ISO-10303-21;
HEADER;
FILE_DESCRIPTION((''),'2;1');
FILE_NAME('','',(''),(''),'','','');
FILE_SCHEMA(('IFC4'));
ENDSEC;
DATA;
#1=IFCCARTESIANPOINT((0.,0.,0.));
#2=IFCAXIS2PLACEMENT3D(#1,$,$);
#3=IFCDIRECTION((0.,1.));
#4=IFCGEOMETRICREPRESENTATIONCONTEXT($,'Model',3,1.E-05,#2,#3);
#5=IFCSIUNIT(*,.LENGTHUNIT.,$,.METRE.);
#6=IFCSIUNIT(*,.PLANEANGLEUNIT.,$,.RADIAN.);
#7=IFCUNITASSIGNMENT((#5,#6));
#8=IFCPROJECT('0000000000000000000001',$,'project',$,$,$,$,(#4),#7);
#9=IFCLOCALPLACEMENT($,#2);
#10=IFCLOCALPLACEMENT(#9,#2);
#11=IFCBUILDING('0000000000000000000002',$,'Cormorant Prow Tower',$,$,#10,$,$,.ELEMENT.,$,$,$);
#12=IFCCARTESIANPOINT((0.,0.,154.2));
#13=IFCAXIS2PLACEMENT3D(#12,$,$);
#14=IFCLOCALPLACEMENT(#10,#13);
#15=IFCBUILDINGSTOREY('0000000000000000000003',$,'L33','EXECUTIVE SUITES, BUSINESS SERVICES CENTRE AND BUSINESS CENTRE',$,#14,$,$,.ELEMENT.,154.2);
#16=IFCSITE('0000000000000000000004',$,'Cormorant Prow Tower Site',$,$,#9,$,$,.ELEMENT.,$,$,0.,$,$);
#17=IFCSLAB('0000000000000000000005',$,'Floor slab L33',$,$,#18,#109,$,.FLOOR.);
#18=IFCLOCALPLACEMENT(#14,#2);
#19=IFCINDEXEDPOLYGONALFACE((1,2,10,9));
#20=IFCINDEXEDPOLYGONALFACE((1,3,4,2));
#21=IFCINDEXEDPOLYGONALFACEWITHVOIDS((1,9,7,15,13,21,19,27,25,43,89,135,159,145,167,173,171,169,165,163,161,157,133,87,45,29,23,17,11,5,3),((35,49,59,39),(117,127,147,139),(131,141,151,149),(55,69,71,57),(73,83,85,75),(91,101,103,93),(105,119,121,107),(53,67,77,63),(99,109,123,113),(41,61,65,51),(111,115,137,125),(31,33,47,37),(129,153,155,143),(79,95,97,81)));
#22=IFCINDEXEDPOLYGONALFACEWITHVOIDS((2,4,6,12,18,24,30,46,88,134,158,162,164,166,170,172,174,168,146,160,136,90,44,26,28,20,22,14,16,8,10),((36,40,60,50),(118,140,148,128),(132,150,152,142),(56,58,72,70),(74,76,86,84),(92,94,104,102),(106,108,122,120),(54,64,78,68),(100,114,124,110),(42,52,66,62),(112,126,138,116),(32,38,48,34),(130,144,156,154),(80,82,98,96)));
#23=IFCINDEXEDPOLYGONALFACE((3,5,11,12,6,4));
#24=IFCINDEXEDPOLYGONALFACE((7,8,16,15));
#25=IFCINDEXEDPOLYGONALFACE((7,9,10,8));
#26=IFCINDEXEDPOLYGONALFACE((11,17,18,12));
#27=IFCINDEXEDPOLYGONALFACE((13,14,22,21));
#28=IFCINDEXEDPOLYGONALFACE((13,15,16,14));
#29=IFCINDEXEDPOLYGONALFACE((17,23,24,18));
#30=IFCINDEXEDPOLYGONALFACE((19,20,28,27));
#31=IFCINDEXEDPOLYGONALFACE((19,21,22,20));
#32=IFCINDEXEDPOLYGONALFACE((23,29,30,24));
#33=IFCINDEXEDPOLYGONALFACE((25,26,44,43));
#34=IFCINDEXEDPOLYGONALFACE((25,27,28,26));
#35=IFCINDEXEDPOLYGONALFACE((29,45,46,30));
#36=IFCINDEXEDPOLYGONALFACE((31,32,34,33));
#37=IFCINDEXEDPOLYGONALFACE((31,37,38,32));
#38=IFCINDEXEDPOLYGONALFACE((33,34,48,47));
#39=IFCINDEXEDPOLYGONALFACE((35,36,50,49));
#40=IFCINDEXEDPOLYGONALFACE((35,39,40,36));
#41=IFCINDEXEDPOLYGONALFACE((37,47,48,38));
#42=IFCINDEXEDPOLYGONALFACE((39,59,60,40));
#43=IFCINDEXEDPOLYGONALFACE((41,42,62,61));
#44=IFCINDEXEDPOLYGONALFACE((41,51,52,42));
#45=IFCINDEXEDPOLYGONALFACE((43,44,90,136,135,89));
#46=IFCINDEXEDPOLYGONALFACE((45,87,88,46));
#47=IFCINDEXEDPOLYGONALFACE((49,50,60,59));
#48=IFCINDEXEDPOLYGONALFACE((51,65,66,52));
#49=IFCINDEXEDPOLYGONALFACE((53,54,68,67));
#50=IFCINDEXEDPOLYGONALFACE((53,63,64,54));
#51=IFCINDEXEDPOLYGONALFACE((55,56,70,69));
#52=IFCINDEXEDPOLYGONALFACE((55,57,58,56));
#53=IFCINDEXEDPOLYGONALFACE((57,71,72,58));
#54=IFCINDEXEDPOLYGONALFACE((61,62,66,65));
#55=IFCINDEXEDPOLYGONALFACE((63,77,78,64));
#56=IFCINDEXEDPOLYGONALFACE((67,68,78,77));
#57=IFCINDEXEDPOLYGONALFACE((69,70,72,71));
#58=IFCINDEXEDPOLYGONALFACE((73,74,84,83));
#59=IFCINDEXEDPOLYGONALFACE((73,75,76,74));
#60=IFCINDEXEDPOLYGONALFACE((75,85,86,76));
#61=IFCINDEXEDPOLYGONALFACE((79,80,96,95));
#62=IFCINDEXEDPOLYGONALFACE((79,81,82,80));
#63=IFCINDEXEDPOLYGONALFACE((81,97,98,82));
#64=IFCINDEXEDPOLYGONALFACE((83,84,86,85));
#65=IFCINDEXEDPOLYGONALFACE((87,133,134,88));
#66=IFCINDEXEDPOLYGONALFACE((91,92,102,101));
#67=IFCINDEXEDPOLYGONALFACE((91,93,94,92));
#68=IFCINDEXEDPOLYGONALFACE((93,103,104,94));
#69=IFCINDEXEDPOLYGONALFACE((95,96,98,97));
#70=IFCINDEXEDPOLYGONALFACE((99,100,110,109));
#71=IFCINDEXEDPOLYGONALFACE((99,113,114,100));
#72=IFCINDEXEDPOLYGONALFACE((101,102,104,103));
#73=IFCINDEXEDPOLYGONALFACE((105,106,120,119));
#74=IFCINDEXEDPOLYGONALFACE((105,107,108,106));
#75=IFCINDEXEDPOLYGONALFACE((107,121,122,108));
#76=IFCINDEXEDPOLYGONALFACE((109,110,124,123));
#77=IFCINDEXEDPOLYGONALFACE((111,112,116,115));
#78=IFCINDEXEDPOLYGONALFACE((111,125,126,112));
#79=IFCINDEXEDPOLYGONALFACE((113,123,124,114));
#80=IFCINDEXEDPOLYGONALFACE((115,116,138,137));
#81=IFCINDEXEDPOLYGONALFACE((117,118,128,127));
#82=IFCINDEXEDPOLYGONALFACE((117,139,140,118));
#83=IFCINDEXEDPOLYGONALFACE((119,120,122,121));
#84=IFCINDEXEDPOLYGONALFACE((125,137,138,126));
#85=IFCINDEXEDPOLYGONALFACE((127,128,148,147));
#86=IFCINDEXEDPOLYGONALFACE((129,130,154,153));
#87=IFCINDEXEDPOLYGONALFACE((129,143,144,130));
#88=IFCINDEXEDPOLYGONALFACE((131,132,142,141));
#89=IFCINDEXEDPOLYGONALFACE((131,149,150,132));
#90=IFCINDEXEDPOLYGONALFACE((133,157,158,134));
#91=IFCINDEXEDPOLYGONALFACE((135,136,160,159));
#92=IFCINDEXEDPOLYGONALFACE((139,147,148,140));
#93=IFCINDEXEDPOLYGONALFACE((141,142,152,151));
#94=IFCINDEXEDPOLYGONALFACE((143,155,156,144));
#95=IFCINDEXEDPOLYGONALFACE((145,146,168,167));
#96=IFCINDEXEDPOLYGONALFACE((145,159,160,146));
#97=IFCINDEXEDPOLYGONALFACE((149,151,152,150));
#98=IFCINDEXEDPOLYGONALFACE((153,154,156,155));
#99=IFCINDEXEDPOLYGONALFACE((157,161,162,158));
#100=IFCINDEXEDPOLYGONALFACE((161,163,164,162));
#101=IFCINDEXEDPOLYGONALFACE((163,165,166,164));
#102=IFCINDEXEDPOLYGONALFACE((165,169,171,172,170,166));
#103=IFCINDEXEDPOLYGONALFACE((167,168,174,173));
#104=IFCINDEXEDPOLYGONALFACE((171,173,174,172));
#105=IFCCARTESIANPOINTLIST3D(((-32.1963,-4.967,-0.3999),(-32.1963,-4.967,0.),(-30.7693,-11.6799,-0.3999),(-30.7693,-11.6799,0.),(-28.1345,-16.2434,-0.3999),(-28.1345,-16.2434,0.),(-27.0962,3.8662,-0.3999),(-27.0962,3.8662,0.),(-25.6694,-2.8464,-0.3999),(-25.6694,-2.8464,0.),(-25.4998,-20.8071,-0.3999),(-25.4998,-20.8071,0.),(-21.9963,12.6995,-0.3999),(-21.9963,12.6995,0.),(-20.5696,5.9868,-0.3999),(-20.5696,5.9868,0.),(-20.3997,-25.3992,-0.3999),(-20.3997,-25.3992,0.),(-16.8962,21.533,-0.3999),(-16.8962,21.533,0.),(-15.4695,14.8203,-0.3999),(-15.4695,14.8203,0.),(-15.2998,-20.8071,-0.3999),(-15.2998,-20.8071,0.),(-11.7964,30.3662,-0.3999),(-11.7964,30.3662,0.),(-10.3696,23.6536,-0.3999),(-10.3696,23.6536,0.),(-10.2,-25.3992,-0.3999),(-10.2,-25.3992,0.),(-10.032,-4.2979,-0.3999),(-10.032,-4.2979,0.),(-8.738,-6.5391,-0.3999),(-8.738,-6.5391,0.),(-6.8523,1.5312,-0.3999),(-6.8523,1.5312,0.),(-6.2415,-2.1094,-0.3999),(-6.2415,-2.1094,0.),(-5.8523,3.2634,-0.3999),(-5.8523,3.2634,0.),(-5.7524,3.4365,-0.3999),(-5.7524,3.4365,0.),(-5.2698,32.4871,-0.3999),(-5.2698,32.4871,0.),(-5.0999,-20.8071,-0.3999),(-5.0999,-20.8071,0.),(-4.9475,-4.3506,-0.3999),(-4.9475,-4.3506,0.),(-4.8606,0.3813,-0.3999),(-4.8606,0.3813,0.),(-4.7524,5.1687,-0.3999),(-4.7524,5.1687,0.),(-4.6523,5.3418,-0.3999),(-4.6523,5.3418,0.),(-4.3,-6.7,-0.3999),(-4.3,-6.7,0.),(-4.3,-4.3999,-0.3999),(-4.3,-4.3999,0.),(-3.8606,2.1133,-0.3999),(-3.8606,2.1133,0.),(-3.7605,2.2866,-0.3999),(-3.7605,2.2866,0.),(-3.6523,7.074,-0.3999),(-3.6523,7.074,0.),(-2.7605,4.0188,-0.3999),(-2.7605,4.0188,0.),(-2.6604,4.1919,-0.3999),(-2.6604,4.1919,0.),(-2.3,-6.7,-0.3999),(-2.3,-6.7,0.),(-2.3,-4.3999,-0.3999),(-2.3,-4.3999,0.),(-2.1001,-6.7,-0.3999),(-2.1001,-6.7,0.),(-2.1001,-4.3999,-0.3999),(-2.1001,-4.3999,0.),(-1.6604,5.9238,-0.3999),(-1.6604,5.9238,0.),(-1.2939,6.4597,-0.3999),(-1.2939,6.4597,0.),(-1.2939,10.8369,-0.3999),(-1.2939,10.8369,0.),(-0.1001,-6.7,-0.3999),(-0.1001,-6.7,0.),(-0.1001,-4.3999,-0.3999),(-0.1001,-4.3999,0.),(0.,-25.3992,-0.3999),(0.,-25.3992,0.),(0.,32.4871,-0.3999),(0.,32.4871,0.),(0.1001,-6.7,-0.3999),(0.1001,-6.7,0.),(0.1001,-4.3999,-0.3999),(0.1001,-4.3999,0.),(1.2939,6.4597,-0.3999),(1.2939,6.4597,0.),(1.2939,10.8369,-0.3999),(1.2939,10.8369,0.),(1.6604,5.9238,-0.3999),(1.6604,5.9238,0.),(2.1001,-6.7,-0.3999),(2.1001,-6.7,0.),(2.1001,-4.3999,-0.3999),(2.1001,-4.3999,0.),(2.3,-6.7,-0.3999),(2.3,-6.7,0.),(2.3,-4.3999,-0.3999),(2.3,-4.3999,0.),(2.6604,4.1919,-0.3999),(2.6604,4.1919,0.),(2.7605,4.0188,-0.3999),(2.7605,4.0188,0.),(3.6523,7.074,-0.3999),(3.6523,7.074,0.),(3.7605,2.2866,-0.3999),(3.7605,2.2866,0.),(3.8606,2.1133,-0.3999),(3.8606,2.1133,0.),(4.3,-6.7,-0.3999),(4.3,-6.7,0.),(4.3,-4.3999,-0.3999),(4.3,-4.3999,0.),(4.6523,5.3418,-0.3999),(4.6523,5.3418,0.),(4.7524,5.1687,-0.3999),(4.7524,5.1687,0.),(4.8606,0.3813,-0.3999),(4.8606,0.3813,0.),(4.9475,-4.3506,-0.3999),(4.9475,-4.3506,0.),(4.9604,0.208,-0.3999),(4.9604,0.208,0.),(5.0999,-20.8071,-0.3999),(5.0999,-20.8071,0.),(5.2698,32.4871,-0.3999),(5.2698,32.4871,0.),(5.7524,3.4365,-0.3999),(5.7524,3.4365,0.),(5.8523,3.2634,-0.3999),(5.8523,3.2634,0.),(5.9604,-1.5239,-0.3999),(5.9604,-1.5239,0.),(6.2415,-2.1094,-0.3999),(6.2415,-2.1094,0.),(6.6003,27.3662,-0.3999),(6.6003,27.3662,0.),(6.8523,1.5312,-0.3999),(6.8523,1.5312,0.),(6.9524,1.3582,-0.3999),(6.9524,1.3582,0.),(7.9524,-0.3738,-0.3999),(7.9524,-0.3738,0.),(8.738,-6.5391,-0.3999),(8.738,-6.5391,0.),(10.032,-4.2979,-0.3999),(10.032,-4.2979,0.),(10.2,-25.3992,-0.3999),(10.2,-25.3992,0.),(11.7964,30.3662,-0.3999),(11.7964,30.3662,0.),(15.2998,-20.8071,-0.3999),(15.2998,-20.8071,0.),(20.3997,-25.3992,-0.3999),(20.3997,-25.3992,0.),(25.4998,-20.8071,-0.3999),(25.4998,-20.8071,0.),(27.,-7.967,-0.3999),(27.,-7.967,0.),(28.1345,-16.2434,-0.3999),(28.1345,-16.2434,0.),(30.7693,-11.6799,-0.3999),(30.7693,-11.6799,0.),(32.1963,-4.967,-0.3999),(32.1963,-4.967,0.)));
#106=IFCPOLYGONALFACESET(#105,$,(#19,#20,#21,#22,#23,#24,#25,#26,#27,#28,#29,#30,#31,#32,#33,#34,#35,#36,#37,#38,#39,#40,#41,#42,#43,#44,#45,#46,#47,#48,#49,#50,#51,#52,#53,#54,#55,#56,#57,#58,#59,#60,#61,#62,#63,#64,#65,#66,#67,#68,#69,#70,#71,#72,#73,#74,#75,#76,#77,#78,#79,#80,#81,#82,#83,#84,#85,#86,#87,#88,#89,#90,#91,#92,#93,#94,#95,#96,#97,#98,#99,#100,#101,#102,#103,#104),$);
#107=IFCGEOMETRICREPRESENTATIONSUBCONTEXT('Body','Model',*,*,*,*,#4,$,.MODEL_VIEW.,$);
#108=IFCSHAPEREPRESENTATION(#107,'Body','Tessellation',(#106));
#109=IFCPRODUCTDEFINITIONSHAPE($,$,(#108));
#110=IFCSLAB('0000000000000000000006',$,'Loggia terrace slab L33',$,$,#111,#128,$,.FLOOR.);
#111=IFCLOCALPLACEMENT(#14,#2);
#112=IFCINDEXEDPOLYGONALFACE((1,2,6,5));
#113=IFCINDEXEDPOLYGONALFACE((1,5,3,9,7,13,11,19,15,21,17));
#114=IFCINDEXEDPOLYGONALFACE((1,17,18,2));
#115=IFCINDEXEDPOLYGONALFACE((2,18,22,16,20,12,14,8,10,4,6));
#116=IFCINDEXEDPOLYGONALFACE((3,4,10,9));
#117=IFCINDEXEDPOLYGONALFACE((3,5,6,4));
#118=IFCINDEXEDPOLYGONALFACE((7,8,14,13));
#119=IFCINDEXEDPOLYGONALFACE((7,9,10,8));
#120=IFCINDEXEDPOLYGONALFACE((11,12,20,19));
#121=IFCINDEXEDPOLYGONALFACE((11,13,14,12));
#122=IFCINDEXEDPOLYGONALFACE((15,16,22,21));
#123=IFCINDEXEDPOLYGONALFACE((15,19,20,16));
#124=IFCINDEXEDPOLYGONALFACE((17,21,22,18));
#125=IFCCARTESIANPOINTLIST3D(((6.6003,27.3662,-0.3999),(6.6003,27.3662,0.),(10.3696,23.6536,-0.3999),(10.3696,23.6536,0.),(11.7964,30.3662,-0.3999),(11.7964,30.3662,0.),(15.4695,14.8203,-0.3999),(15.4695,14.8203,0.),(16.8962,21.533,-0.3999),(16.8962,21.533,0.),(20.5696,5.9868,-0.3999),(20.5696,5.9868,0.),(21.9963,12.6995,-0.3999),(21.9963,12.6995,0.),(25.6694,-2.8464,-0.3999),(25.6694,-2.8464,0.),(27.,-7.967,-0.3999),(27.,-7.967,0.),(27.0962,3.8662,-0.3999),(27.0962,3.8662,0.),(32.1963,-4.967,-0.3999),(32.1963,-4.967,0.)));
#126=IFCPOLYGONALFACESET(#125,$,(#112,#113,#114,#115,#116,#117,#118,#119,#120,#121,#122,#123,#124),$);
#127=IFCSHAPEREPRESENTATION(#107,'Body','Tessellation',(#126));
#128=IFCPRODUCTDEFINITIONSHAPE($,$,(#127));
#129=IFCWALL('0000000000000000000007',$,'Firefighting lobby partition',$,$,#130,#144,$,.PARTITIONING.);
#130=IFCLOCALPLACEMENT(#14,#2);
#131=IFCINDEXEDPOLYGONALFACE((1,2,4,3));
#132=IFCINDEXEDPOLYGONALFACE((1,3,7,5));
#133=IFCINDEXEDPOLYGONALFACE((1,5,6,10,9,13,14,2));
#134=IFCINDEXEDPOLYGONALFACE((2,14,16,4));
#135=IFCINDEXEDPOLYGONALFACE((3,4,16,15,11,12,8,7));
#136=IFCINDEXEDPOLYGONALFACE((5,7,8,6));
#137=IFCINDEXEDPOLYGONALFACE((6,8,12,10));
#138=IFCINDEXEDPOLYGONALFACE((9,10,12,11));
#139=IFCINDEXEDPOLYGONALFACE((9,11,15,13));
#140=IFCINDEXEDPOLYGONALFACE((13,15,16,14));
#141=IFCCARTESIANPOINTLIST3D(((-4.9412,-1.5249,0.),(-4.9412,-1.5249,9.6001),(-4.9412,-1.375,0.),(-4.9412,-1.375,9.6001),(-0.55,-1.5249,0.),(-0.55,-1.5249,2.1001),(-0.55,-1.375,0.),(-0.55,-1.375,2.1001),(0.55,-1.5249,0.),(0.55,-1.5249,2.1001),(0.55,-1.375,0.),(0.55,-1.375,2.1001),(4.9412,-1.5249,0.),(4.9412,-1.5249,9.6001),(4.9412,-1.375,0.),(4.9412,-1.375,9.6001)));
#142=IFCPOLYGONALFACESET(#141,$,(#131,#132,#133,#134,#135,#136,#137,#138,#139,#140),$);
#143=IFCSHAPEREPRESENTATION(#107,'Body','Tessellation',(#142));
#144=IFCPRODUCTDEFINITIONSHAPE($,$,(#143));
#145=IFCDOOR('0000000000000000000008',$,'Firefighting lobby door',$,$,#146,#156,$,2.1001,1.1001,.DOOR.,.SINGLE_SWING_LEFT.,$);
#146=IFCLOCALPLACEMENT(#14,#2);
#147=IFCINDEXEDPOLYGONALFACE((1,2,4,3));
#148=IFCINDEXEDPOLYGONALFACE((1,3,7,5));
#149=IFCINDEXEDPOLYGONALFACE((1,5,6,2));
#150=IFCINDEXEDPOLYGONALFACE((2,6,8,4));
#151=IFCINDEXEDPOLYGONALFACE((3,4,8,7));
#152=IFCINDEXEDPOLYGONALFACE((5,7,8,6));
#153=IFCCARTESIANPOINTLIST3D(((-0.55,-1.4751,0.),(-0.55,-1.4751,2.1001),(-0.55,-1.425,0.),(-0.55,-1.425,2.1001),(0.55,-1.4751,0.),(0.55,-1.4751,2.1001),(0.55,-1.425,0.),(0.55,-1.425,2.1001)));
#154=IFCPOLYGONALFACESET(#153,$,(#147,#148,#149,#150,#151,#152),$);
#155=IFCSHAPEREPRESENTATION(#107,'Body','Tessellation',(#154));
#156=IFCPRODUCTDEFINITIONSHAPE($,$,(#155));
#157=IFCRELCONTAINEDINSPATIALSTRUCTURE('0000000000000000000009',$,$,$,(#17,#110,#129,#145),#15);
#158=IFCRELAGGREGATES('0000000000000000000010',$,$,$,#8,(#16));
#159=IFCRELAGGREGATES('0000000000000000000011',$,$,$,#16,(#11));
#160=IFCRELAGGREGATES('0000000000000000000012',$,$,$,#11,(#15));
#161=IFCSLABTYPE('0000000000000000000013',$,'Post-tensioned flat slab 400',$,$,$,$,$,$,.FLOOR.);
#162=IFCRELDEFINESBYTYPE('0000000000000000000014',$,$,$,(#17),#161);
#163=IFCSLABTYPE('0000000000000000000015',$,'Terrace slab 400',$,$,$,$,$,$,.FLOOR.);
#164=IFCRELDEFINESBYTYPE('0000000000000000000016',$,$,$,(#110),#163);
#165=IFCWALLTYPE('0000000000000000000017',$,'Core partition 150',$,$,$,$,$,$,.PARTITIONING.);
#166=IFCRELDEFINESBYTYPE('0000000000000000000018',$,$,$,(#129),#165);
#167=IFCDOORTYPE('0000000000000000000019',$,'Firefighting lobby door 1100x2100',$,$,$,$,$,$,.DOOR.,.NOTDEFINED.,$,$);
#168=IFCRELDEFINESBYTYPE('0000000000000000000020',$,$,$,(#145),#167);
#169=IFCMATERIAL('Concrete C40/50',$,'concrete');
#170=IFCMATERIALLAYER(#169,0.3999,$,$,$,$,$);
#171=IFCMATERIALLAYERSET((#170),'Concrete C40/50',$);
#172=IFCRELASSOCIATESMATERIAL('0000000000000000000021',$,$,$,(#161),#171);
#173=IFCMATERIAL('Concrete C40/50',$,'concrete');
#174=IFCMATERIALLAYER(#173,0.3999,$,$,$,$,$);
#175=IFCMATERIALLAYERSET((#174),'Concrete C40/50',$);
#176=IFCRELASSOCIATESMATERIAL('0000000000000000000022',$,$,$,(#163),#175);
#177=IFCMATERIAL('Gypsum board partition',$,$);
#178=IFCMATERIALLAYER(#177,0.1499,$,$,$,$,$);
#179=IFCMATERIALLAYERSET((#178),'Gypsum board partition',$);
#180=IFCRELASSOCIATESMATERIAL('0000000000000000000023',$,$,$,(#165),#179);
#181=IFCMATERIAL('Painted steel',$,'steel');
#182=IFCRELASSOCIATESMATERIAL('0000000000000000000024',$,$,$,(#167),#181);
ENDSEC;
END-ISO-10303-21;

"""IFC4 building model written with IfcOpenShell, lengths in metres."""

from ifc_helpers import new_model, si_unit, direction, frame, frame_2d, origin, place, context, subcontext, project, spatial, polyline, rectangle, outline, extrude, material, layer, layer_set, type_object, element, fill, save


model = new_model("IFC4")

# Units and contexts
model_context = context("Model", 3, precision=1e-05, world=origin(), true_north=direction((0.0, 1.0)))
body_context = subcontext(model_context, "Body", "Model", "MODEL_VIEW")
ifc_project = project(units=[si_unit("LENGTHUNIT", "METRE"), si_unit("PLANEANGLEUNIT", "RADIAN")], contexts=[model_context])

# Site, building, storey
site_placement = place(None, origin())
site = spatial("IfcSite", under=ifc_project, at=site_placement, Name="Cormorant Prow Tower Site", CompositionType="ELEMENT", RefElevation=0.0)
building_placement = place(site_placement, origin())
building = spatial("IfcBuilding", under=site, at=building_placement, Name="Cormorant Prow Tower", CompositionType="ELEMENT")
storey_placement = place(building_placement, frame((0.0, 0.0, 154.2)))
storey = spatial("IfcBuildingStorey", under=building, at=storey_placement, Name="L33", Description="EXECUTIVE SUITES, BUSINESS SERVICES CENTRE AND BUSINESS CENTRE", CompositionType="ELEMENT", Elevation=154.2)

# Slabs
ifc_material_1 = material(Name="Concrete C40/50", Category="concrete")
ifc_layer_1 = layer(ifc_material_1, 0.3999)
ifc_layer_set_1 = layer_set([ifc_layer_1], Name="Concrete C40/50")
slab_type_1 = type_object("IfcSlabType", Name="Post-tensioned flat slab 400", PredefinedType="FLOOR", material=ifc_layer_set_1)
slab_1_placement = place(storey_placement, frame((0.0, 0.0, -0.3999)))
element("IfcSlab", 1, at=slab_1_placement, inside=storey, type_object=slab_type_1, Name="Floor slab L33", PredefinedType="FLOOR", context=body_context, shape_type="SweptSolid", body=[
    extrude(outline(polyline([(-30.7693, -11.6799), (-28.1345, -16.2434), (-25.4998, -20.8071), (-20.3997, -25.3992), (-15.2998, -20.8071), (-10.2, -25.3992), (-5.0999, -20.8071), (0.0, -25.3992), (5.0999, -20.8071), (10.2, -25.3992), (15.2998, -20.8071), (20.3997, -25.3992), (25.4998, -20.8071), (28.1345, -16.2434), (30.7693, -11.6799), (32.1963, -4.967), (27.0, -7.967), (6.6003, 27.3662), (11.7964, 30.3662), (5.2698, 32.4871), (0.0, 32.4871), (-5.2698, 32.4871), (-11.7964, 30.3662), (-10.3696, 23.6536), (-16.8962, 21.533), (-15.4695, 14.8203), (-21.9963, 12.6995), (-20.5696, 5.9868), (-27.0962, 3.8662), (-25.6694, -2.8464), (-32.1963, -4.967), (-30.7693, -11.6799)]), holes=[polyline([(-4.3, -4.3999), (-2.3, -4.3999), (-2.3, -6.7), (-4.3, -6.7), (-4.3, -4.3999)]), polyline([(-0.1001, -4.3999), (-0.1001, -6.7), (-2.1001, -6.7), (-2.1001, -4.3999), (-0.1001, -4.3999)]), polyline([(2.1001, -6.7), (0.1001, -6.7), (0.1001, -4.3999), (2.1001, -4.3999), (2.1001, -6.7)]), polyline([(2.3, -6.7), (2.3, -4.3999), (4.3, -4.3999), (4.3, -6.7), (2.3, -6.7)]), polyline([(5.9604, -1.5239), (4.9604, 0.208), (6.9524, 1.3582), (7.9524, -0.3738), (5.9604, -1.5239)]), polyline([(3.8606, 2.1133), (5.8523, 3.2634), (6.8523, 1.5312), (4.8606, 0.3813), (3.8606, 2.1133)]), polyline([(4.7524, 5.1687), (5.7524, 3.4365), (3.7605, 2.2866), (2.7605, 4.0188), (4.7524, 5.1687)]), polyline([(4.6523, 5.3418), (2.6604, 4.1919), (1.6604, 5.9238), (3.6523, 7.074), (4.6523, 5.3418)]), polyline([(-1.6604, 5.9238), (-2.6604, 4.1919), (-4.6523, 5.3418), (-3.6523, 7.074), (-1.6604, 5.9238)]), polyline([(-3.7605, 2.2866), (-5.7524, 3.4365), (-4.7524, 5.1687), (-2.7605, 4.0188), (-3.7605, 2.2866)]), polyline([(-6.8523, 1.5312), (-5.8523, 3.2634), (-3.8606, 2.1133), (-4.8606, 0.3813), (-6.8523, 1.5312)]), polyline([(-4.9475, -4.3506), (-8.738, -6.5391), (-10.032, -4.2979), (-6.2415, -2.1094), (-4.9475, -4.3506)]), polyline([(10.032, -4.2979), (8.738, -6.5391), (4.9475, -4.3506), (6.2415, -2.1094), (10.032, -4.2979)]), polyline([(1.2939, 10.8369), (1.2939, 6.4597), (-1.2939, 6.4597), (-1.2939, 10.8369), (1.2939, 10.8369)])]), origin(), (0.0, 0.0, 1.0), 0.3999),
])
ifc_material_2 = material(Name="Concrete C40/50", Category="concrete")
ifc_layer_2 = layer(ifc_material_2, 0.3999)
ifc_layer_set_2 = layer_set([ifc_layer_2], Name="Concrete C40/50")
slab_type_2 = type_object("IfcSlabType", Name="Terrace slab 400", PredefinedType="FLOOR", material=ifc_layer_set_2)
slab_2_placement = place(storey_placement, frame((0.0, 0.0, -0.3999)))
element("IfcSlab", 2, at=slab_2_placement, inside=storey, type_object=slab_type_2, Name="Loggia terrace slab L33", PredefinedType="FLOOR", context=body_context, shape_type="SweptSolid", body=[
    extrude(outline(polyline([(32.1963, -4.967), (25.6694, -2.8464), (27.0962, 3.8662), (20.5696, 5.9868), (21.9963, 12.6995), (15.4695, 14.8203), (16.8962, 21.533), (10.3696, 23.6536), (11.7964, 30.3662), (6.6003, 27.3662), (27.0, -7.967), (32.1963, -4.967)])), origin(), (0.0, 0.0, 1.0), 0.3999),
])

# Wall, opening, door
ifc_material_3 = material(Name="Gypsum board partition")
ifc_layer_3 = layer(ifc_material_3, 0.1499)
ifc_layer_set_3 = layer_set([ifc_layer_3], Name="Gypsum board partition")
wall_type_1 = type_object("IfcWallType", Name="Core partition 150", PredefinedType="PARTITIONING", material=ifc_layer_set_3)
wall_1_placement = place(storey_placement, frame((-4.9412, -1.45, 0.0), z_axis=(0.0, 0.0, 1.0), x_axis=(1.0, 0.0, 0.0)))
wall_1 = element("IfcWall", 3, at=wall_1_placement, inside=storey, type_object=wall_type_1, Name="Firefighting lobby partition", PredefinedType="PARTITIONING", context=body_context, shape_type="SweptSolid", body=[
    extrude(rectangle(XDim=9.8823, YDim=0.1499, at=frame_2d((4.9412, 0.0))), origin(), (0.0, 0.0, 1.0), 9.6001),
])
opening_1_placement = place(wall_1_placement, frame((4.3911, 0.0, 0.0)))
opening_1 = element("IfcOpeningElement", 4, at=opening_1_placement, cuts=wall_1, PredefinedType="OPENING", context=body_context, shape_type="SweptSolid", body=[
    extrude(rectangle(XDim=1.1001, YDim=2.1001, at=frame_2d((0.55, 1.05))), frame((0.0, 0.085, 0.0), z_axis=(0.0, -1.0, 0.0), x_axis=(1.0, 0.0, 0.0)), (0.0, 0.0, 1.0), 0.1699),
])
ifc_material_4 = material(Name="Painted steel", Category="steel")
door_type_1 = type_object("IfcDoorType", Name="Firefighting lobby door 1100x2100", OperationType="NOTDEFINED", PredefinedType="DOOR", material=ifc_material_4)
door_1_placement = place(opening_1_placement, origin())
door_1 = element("IfcDoor", 5, at=door_1_placement, inside=storey, type_object=door_type_1, Name="Firefighting lobby door", OperationType="SINGLE_SWING_LEFT", OverallHeight=2.1001, OverallWidth=1.1001, PredefinedType="DOOR", context=body_context, shape_type="SweptSolid", body=[
    extrude(rectangle(XDim=1.1001, YDim=2.1001, at=frame_2d((0.55, 1.05))), frame((0.0, 0.0249, 0.0), z_axis=(0.0, -1.0, 0.0), x_axis=(1.0, 0.0, 0.0)), (0.0, 0.0, 1.0), 0.05),
])
fill(opening_1, door_1)

save(model, "model.ifc")
